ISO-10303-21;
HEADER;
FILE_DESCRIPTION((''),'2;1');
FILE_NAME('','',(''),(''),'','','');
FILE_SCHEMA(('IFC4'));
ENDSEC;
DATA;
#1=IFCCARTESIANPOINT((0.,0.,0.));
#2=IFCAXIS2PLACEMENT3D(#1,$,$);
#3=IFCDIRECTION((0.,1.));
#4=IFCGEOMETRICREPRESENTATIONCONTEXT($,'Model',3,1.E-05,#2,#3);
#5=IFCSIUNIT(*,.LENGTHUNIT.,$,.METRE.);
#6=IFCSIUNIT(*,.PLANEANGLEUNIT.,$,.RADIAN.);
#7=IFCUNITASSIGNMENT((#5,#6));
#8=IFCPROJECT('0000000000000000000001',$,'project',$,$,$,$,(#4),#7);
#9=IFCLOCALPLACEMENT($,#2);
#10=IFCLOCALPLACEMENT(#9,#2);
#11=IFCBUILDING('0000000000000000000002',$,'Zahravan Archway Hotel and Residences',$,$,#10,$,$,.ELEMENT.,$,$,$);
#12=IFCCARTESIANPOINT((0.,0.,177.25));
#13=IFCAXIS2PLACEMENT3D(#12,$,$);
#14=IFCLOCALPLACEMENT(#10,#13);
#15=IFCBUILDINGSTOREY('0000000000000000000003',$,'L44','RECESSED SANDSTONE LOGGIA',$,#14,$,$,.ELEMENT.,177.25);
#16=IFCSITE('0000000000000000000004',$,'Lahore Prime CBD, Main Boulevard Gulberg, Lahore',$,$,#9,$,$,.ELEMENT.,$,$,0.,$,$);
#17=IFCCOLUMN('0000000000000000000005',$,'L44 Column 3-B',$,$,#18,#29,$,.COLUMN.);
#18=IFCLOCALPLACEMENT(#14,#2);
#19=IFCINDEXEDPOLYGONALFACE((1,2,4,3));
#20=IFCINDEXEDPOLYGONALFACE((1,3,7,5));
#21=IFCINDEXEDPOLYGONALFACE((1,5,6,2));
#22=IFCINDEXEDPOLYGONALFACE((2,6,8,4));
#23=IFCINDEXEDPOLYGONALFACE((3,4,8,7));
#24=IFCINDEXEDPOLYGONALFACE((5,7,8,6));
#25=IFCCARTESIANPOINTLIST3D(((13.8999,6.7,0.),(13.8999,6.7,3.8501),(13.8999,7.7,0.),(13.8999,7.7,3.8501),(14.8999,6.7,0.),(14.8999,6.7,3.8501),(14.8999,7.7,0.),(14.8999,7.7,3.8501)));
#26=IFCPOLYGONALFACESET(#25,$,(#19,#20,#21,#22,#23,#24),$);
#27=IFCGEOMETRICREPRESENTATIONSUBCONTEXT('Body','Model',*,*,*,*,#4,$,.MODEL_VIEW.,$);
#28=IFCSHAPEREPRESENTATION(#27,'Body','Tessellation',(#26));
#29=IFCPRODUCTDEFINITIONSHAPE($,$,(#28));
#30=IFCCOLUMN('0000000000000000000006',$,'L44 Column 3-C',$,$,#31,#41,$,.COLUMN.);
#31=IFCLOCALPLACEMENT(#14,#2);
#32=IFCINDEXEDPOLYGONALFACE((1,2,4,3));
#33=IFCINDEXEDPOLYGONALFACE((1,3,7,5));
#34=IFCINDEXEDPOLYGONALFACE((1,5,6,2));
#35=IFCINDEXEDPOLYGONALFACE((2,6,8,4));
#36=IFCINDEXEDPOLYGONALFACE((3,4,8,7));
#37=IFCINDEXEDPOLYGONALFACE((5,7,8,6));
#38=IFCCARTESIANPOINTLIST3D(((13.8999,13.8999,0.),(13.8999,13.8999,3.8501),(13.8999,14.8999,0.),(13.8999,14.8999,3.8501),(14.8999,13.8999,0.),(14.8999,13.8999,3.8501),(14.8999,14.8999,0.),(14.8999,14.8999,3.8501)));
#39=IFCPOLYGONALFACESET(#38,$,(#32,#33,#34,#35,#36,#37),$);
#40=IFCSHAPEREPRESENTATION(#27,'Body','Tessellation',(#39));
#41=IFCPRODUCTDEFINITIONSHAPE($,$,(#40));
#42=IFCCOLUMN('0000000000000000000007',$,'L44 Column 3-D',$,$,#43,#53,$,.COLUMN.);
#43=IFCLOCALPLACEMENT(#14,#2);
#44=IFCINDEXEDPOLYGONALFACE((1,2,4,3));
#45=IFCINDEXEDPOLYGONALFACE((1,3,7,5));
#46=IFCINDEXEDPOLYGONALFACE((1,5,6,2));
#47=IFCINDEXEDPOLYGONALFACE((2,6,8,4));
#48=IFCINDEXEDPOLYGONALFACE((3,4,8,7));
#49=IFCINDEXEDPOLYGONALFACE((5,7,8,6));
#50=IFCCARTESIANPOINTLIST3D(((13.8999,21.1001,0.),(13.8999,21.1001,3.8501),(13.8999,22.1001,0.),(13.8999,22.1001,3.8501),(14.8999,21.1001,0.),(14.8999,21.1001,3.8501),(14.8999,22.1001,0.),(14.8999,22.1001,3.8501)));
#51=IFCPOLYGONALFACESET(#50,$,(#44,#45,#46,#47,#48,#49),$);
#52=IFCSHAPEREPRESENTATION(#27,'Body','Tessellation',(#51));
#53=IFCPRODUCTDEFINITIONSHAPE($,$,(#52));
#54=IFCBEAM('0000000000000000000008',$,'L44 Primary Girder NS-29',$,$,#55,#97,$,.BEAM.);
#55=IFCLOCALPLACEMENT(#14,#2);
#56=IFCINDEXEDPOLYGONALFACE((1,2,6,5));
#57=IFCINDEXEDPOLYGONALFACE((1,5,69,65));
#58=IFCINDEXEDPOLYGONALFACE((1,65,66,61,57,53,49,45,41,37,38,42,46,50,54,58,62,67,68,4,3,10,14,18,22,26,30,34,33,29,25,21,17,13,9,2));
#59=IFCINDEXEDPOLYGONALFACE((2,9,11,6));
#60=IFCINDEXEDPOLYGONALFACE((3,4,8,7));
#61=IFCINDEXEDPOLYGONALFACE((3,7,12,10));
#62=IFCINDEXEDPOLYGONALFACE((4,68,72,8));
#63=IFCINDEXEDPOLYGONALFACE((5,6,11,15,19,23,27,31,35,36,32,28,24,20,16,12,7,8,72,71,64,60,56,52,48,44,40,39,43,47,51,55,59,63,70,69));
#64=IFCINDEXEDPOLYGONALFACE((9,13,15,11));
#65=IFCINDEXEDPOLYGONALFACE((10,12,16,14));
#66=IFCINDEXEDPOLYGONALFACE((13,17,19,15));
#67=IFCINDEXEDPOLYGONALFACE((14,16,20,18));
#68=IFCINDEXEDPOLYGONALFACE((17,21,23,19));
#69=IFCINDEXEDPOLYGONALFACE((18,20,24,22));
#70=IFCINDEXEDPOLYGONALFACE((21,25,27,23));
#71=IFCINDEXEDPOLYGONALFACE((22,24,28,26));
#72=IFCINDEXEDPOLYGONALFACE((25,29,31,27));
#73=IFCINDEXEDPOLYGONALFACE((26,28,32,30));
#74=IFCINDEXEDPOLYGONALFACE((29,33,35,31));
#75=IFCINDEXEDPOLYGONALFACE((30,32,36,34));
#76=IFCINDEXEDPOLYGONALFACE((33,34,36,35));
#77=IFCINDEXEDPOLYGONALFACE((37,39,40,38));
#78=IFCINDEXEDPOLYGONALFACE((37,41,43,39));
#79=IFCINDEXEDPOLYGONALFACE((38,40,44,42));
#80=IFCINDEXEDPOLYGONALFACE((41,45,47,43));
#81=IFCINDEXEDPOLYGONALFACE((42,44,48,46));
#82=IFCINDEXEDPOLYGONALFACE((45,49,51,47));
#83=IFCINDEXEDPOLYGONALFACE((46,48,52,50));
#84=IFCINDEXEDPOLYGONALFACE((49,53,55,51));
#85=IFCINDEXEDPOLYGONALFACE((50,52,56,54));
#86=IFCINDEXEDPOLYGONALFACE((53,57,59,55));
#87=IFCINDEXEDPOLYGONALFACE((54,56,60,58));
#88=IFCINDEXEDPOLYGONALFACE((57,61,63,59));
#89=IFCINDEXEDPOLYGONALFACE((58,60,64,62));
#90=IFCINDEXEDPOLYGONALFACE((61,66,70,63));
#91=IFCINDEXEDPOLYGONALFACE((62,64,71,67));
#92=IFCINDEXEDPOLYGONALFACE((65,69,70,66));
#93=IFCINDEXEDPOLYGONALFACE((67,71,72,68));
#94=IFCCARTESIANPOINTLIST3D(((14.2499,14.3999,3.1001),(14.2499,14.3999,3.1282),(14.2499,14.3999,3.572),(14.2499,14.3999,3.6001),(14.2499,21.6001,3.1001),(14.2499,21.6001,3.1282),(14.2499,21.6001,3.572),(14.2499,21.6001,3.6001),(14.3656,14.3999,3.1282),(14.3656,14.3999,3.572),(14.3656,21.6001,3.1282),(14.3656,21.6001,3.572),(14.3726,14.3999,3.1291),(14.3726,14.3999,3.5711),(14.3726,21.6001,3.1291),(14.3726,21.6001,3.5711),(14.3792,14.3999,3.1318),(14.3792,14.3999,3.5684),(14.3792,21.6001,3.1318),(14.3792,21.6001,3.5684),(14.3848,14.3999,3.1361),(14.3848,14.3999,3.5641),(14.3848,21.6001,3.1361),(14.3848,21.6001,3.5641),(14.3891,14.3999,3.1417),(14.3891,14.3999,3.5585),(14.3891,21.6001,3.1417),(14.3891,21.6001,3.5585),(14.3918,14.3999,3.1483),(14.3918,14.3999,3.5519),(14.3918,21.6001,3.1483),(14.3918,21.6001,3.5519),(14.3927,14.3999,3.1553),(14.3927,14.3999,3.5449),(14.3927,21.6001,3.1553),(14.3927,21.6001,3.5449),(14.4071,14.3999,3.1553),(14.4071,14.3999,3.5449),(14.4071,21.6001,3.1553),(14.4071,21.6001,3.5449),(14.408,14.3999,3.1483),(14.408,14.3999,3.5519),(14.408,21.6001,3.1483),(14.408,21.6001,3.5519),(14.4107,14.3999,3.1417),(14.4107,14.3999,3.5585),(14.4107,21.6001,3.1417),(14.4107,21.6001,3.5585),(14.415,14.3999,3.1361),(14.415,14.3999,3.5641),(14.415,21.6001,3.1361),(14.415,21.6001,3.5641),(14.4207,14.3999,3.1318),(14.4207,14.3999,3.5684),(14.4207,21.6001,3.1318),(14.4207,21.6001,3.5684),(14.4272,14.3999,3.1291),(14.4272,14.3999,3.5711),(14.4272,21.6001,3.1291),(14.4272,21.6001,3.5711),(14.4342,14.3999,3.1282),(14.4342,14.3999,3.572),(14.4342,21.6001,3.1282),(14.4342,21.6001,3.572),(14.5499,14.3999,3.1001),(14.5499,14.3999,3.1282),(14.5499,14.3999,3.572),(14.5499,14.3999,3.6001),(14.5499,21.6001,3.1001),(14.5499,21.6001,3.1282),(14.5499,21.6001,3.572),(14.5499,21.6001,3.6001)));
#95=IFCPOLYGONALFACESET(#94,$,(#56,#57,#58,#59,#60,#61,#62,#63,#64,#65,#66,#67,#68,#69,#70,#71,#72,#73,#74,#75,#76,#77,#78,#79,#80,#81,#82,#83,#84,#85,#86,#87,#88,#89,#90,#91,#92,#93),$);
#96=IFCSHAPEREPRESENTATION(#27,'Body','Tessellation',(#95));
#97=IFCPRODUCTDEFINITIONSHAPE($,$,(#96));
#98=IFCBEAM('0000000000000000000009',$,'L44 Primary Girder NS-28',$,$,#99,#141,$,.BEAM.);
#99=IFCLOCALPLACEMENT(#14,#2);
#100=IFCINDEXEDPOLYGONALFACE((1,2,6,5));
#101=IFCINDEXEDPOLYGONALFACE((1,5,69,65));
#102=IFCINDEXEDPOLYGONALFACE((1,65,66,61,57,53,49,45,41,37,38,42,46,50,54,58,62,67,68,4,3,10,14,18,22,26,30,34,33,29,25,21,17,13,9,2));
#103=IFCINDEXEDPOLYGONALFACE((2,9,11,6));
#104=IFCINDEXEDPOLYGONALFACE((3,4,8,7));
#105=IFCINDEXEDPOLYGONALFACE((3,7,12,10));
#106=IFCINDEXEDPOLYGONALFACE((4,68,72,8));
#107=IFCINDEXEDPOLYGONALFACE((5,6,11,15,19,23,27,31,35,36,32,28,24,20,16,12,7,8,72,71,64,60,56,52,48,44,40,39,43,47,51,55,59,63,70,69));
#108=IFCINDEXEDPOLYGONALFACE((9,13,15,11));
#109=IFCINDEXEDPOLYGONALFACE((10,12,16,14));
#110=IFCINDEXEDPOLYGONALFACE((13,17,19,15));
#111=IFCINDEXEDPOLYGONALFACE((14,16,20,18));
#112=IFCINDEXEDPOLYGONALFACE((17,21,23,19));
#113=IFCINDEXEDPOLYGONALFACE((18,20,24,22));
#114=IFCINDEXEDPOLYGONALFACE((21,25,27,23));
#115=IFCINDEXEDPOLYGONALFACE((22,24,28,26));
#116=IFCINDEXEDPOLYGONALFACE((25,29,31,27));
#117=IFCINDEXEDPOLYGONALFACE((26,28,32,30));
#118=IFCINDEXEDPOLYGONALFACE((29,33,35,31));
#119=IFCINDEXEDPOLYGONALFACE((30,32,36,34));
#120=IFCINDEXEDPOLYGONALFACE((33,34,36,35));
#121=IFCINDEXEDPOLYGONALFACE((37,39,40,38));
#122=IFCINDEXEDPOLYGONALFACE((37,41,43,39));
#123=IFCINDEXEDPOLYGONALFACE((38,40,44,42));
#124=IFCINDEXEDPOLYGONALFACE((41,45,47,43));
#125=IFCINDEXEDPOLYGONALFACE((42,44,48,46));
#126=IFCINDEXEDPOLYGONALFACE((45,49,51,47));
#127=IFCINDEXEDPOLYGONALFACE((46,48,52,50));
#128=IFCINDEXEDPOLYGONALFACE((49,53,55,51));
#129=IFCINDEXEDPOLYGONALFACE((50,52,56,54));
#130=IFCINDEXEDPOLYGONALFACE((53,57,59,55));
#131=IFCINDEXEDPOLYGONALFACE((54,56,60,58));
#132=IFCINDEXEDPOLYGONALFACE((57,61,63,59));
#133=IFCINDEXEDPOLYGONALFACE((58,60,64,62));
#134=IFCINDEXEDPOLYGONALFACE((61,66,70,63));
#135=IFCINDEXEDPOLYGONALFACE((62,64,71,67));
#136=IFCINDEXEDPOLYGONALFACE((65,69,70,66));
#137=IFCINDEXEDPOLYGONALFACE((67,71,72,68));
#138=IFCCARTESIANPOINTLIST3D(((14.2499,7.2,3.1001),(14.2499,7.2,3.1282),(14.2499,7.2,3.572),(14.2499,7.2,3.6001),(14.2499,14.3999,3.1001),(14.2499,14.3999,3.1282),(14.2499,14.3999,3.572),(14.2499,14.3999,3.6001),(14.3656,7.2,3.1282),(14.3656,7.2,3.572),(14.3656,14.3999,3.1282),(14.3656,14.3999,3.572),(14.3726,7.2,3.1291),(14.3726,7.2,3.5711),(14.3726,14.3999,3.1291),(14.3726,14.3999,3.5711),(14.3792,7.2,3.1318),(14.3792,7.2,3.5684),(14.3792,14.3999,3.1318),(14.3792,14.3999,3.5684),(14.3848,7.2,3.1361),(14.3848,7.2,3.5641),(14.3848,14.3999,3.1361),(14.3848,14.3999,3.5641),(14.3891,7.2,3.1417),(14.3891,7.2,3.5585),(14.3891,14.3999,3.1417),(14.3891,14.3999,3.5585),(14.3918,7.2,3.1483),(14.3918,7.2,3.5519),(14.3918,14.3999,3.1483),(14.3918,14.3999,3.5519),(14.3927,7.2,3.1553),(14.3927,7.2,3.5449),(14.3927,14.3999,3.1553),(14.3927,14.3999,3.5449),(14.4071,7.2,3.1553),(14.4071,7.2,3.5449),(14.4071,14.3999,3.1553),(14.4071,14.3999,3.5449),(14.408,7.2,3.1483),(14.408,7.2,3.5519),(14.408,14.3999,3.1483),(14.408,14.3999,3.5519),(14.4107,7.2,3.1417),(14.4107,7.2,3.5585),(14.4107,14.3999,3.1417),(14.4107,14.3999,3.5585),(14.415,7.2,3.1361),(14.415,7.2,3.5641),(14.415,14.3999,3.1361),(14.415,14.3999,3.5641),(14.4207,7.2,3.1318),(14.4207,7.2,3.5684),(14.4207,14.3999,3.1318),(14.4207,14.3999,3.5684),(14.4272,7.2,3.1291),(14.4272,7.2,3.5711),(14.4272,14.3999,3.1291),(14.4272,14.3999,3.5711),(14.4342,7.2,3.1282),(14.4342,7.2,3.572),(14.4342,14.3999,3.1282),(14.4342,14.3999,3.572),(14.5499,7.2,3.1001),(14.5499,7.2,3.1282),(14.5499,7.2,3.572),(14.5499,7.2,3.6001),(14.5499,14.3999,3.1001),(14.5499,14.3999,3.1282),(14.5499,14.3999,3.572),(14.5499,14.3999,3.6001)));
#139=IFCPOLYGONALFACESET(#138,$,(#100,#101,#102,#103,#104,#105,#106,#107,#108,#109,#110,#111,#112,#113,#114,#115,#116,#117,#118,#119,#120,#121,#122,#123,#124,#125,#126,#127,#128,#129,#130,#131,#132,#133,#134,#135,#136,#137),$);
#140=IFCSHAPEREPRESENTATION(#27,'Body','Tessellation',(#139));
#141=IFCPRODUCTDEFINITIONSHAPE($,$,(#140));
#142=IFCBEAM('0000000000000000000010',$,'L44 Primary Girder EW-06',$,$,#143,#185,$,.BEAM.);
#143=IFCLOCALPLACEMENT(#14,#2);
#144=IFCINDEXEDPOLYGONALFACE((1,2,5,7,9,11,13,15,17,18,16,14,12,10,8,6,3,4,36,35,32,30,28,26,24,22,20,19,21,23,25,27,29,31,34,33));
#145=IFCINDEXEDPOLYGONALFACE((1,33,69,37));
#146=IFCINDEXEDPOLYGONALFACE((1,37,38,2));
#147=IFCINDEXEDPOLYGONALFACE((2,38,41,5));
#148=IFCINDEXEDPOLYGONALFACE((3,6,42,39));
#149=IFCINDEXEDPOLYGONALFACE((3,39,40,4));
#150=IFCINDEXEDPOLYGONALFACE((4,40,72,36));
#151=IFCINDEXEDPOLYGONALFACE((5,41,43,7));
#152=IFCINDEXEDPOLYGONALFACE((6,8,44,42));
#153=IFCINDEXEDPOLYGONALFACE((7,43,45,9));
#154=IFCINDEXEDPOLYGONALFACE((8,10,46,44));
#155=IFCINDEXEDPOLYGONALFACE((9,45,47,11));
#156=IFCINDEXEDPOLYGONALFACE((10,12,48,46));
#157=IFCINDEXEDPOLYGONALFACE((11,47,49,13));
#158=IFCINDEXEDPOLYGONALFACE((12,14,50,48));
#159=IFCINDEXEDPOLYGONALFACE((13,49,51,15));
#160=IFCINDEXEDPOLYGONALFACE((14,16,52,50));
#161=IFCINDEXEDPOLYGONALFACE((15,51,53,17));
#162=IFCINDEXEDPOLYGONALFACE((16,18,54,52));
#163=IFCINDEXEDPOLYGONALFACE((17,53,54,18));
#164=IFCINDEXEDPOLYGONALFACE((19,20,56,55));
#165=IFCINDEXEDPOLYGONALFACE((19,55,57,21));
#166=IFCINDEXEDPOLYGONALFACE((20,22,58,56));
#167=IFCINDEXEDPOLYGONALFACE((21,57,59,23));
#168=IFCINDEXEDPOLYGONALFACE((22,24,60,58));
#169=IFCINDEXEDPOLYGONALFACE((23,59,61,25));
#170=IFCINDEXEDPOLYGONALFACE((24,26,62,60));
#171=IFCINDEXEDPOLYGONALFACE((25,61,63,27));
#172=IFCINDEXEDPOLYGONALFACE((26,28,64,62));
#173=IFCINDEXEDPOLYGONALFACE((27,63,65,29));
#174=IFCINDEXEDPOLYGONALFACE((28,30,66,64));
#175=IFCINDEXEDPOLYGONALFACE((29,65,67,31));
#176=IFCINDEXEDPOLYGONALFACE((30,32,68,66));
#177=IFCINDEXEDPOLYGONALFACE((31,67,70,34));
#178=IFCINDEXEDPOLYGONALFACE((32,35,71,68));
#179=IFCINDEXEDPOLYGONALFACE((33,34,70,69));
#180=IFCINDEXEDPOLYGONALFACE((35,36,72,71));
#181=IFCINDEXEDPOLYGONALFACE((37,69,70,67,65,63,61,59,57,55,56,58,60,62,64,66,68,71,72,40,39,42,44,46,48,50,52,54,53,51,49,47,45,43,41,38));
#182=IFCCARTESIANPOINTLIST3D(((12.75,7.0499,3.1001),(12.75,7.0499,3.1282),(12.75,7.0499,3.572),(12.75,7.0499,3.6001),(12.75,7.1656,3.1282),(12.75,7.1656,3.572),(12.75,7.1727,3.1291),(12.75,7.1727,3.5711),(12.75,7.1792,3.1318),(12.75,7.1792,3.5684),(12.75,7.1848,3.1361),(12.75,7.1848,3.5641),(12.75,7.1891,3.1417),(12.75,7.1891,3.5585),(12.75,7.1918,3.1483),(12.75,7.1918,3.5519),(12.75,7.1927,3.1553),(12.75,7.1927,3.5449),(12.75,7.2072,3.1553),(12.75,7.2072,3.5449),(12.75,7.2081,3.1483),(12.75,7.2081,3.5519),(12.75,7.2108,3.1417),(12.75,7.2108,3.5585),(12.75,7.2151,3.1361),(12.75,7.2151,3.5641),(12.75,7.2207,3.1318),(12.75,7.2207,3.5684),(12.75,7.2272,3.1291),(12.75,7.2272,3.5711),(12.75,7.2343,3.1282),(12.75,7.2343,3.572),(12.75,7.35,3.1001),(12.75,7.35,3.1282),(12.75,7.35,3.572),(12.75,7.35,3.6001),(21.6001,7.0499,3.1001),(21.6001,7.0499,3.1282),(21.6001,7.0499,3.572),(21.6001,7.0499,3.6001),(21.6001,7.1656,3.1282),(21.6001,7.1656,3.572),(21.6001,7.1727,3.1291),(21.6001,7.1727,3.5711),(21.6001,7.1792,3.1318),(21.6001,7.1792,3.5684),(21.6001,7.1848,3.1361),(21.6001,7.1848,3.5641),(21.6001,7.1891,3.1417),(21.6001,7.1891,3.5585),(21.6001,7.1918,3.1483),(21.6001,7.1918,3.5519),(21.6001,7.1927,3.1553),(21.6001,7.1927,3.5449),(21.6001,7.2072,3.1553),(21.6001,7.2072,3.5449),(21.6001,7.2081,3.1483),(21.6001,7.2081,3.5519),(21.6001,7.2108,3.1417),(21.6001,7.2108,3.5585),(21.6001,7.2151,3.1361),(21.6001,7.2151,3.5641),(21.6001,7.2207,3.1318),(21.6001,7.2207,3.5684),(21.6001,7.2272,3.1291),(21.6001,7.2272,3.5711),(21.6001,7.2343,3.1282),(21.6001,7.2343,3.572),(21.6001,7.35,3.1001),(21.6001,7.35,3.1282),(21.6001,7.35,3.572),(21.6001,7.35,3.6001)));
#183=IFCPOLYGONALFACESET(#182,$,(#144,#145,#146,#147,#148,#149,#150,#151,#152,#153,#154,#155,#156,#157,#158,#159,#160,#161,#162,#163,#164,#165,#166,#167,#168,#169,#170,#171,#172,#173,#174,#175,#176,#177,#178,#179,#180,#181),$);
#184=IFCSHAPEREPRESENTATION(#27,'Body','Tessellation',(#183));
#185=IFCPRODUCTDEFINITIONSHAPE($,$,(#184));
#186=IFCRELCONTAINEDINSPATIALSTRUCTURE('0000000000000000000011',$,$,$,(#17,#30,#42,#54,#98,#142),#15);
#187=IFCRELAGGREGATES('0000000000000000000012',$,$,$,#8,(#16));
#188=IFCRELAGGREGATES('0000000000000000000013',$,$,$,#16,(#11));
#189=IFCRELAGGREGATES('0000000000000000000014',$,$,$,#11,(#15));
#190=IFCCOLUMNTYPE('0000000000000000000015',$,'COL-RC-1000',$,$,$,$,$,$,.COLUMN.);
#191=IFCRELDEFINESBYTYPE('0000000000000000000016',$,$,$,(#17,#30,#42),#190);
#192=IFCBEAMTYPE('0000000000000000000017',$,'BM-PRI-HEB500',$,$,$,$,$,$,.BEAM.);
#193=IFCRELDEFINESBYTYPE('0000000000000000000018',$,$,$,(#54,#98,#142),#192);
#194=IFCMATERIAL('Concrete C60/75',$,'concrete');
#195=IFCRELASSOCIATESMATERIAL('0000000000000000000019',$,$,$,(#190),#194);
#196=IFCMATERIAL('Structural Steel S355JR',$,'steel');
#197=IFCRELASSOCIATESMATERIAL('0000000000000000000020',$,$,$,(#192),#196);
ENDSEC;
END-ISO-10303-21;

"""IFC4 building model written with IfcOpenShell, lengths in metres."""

from ifc_helpers import new_model, si_unit, direction, frame, origin, origin_2d, place, context, subcontext, project, spatial, rectangle, i_section, extrude, source, transform, mapped, material, material_profile, profile_set, type_object, type_shapes, element, save


model = new_model("IFC4")

# Units and contexts
model_context = context("Model", 3, precision=1e-05, world=origin(), true_north=direction((0.0, 1.0)))
body_context = subcontext(model_context, "Body", "Model", "MODEL_VIEW")
ifc_project = project(units=[si_unit("LENGTHUNIT", "METRE"), si_unit("PLANEANGLEUNIT", "RADIAN")], contexts=[model_context])

# Site, building, storey
site_placement = place(None, origin())
site = spatial("IfcSite", under=ifc_project, at=site_placement, Name="Lahore Prime CBD, Main Boulevard Gulberg, Lahore", CompositionType="ELEMENT", RefElevation=0.0)
building_placement = place(site_placement, origin())
building = spatial("IfcBuilding", under=site, at=building_placement, Name="Zahravan Archway Hotel and Residences", CompositionType="ELEMENT")
storey_placement = place(building_placement, frame((0.0, 0.0, 177.25)))
storey = spatial("IfcBuildingStorey", under=building, at=storey_placement, Name="L44", Description="RECESSED SANDSTONE LOGGIA", CompositionType="ELEMENT", Elevation=177.25)

# Columns
ifc_material_1 = material(Name="Concrete C60/75", Category="concrete")
ifc_material_profile_1 = material_profile(ifc_material_1, rectangle(XDim=1.0, YDim=1.0, at=origin_2d()), Name="RC-COL-1000x1000", Category="concrete")
ifc_profile_set_1 = profile_set([ifc_material_profile_1], Name="Concrete C60/75")
column_type = type_object("IfcColumnType", Name="COL-RC-1000", PredefinedType="COLUMN", material=ifc_profile_set_1)
shared_shape_1 = source(origin(), body_context, "Body", "SweptSolid", [
    extrude(rectangle(XDim=1.0, YDim=1.0, at=origin_2d()), origin(), (0.0, 0.0, 1.0), 3.8501),
])
for number, where, z_axis, x_axis, name in (
    (1, (14.3999, 7.2, 0.0), (0.0, 0.0, 1.0), (1.0, 0.0, 0.0), "L44 Column 3-B"),
    (2, (14.3999, 14.3999, 0.0), (0.0, 0.0, 1.0), (1.0, 0.0, 0.0), "L44 Column 3-C"),
    (3, (14.3999, 21.6001, 0.0), (0.0, 0.0, 1.0), (1.0, 0.0, 0.0), "L44 Column 3-D"),
):
    element("IfcColumn", number, at=place(storey_placement, frame(where, z_axis=z_axis, x_axis=x_axis)), inside=storey, type_object=column_type, Name=name, PredefinedType="COLUMN", context=body_context, shape_type="MappedRepresentation", body=[
        mapped(shared_shape_1, transform((0.0, 0.0, 0.0), scale=1.0)),
    ])

# Beams
ifc_material_2 = material(Name="Structural Steel S355JR", Category="steel")
ifc_material_profile_2 = material_profile(ifc_material_2, i_section(OverallWidth=0.3, OverallDepth=0.5, WebThickness=0.0144, FlangeThickness=0.0281, FilletRadius=0.0271, at=origin_2d()), Name="HEB 500", Category="steel")
ifc_profile_set_2 = profile_set([ifc_material_profile_2], Name="Structural Steel S355JR")
beam_type = type_object("IfcBeamType", Name="BM-PRI-HEB500", PredefinedType="BEAM", material=ifc_profile_set_2)
shared_shape_2 = source(origin(), body_context, "Body", "SweptSolid", [
    extrude(i_section(OverallWidth=0.3, OverallDepth=0.5, WebThickness=0.0144, FlangeThickness=0.0281, FilletRadius=0.0271, at=origin_2d()), origin(), (0.0, 0.0, 1.0), 7.2002),
])
type_shapes(beam_type, [shared_shape_2])
beam_1_placement = place(storey_placement, frame((14.3999, 14.3999, 3.3501), z_axis=(0.0, 1.0, 0.0), x_axis=(-1.0, 0.0, 0.0)))
element("IfcBeam", 4, at=beam_1_placement, inside=storey, type_object=beam_type, Name="L44 Primary Girder NS-29", PredefinedType="BEAM", context=body_context, shape_type="MappedRepresentation", body=[
    mapped(shared_shape_2, transform((0.0, 0.0, 0.0), scale=1.0)),
])
shared_shape_3 = source(origin(), body_context, "Body", "SweptSolid", [
    extrude(i_section(OverallWidth=0.3, OverallDepth=0.5, WebThickness=0.0144, FlangeThickness=0.0281, FilletRadius=0.0271, at=origin_2d()), origin(), (0.0, 0.0, 1.0), 7.2),
])
beam_2_placement = place(storey_placement, frame((14.3999, 7.2, 3.3501), z_axis=(0.0, 1.0, 0.0), x_axis=(-1.0, 0.0, 0.0)))
element("IfcBeam", 5, at=beam_2_placement, inside=storey, type_object=beam_type, Name="L44 Primary Girder NS-28", PredefinedType="BEAM", context=body_context, shape_type="MappedRepresentation", body=[
    mapped(shared_shape_3, transform((0.0, 0.0, 0.0), scale=1.0)),
])
shared_shape_4 = source(origin(), body_context, "Body", "SweptSolid", [
    extrude(i_section(OverallWidth=0.3, OverallDepth=0.5, WebThickness=0.0144, FlangeThickness=0.0281, FilletRadius=0.0271, at=origin_2d()), origin(), (0.0, 0.0, 1.0), 8.8501),
])
for number, where, z_axis, x_axis, name in (
    (6, (12.75, 7.2, 3.3501), (1.0, 0.0, 0.0), (0.0, 1.0, 0.0), "L44 Primary Girder EW-06"),
):
    element("IfcBeam", number, at=place(storey_placement, frame(where, z_axis=z_axis, x_axis=x_axis)), inside=storey, type_object=beam_type, Name=name, PredefinedType="BEAM", context=body_context, shape_type="MappedRepresentation", body=[
        mapped(shared_shape_4, transform((0.0, 0.0, 0.0), scale=1.0)),
    ])

save(model, "model.ifc")
